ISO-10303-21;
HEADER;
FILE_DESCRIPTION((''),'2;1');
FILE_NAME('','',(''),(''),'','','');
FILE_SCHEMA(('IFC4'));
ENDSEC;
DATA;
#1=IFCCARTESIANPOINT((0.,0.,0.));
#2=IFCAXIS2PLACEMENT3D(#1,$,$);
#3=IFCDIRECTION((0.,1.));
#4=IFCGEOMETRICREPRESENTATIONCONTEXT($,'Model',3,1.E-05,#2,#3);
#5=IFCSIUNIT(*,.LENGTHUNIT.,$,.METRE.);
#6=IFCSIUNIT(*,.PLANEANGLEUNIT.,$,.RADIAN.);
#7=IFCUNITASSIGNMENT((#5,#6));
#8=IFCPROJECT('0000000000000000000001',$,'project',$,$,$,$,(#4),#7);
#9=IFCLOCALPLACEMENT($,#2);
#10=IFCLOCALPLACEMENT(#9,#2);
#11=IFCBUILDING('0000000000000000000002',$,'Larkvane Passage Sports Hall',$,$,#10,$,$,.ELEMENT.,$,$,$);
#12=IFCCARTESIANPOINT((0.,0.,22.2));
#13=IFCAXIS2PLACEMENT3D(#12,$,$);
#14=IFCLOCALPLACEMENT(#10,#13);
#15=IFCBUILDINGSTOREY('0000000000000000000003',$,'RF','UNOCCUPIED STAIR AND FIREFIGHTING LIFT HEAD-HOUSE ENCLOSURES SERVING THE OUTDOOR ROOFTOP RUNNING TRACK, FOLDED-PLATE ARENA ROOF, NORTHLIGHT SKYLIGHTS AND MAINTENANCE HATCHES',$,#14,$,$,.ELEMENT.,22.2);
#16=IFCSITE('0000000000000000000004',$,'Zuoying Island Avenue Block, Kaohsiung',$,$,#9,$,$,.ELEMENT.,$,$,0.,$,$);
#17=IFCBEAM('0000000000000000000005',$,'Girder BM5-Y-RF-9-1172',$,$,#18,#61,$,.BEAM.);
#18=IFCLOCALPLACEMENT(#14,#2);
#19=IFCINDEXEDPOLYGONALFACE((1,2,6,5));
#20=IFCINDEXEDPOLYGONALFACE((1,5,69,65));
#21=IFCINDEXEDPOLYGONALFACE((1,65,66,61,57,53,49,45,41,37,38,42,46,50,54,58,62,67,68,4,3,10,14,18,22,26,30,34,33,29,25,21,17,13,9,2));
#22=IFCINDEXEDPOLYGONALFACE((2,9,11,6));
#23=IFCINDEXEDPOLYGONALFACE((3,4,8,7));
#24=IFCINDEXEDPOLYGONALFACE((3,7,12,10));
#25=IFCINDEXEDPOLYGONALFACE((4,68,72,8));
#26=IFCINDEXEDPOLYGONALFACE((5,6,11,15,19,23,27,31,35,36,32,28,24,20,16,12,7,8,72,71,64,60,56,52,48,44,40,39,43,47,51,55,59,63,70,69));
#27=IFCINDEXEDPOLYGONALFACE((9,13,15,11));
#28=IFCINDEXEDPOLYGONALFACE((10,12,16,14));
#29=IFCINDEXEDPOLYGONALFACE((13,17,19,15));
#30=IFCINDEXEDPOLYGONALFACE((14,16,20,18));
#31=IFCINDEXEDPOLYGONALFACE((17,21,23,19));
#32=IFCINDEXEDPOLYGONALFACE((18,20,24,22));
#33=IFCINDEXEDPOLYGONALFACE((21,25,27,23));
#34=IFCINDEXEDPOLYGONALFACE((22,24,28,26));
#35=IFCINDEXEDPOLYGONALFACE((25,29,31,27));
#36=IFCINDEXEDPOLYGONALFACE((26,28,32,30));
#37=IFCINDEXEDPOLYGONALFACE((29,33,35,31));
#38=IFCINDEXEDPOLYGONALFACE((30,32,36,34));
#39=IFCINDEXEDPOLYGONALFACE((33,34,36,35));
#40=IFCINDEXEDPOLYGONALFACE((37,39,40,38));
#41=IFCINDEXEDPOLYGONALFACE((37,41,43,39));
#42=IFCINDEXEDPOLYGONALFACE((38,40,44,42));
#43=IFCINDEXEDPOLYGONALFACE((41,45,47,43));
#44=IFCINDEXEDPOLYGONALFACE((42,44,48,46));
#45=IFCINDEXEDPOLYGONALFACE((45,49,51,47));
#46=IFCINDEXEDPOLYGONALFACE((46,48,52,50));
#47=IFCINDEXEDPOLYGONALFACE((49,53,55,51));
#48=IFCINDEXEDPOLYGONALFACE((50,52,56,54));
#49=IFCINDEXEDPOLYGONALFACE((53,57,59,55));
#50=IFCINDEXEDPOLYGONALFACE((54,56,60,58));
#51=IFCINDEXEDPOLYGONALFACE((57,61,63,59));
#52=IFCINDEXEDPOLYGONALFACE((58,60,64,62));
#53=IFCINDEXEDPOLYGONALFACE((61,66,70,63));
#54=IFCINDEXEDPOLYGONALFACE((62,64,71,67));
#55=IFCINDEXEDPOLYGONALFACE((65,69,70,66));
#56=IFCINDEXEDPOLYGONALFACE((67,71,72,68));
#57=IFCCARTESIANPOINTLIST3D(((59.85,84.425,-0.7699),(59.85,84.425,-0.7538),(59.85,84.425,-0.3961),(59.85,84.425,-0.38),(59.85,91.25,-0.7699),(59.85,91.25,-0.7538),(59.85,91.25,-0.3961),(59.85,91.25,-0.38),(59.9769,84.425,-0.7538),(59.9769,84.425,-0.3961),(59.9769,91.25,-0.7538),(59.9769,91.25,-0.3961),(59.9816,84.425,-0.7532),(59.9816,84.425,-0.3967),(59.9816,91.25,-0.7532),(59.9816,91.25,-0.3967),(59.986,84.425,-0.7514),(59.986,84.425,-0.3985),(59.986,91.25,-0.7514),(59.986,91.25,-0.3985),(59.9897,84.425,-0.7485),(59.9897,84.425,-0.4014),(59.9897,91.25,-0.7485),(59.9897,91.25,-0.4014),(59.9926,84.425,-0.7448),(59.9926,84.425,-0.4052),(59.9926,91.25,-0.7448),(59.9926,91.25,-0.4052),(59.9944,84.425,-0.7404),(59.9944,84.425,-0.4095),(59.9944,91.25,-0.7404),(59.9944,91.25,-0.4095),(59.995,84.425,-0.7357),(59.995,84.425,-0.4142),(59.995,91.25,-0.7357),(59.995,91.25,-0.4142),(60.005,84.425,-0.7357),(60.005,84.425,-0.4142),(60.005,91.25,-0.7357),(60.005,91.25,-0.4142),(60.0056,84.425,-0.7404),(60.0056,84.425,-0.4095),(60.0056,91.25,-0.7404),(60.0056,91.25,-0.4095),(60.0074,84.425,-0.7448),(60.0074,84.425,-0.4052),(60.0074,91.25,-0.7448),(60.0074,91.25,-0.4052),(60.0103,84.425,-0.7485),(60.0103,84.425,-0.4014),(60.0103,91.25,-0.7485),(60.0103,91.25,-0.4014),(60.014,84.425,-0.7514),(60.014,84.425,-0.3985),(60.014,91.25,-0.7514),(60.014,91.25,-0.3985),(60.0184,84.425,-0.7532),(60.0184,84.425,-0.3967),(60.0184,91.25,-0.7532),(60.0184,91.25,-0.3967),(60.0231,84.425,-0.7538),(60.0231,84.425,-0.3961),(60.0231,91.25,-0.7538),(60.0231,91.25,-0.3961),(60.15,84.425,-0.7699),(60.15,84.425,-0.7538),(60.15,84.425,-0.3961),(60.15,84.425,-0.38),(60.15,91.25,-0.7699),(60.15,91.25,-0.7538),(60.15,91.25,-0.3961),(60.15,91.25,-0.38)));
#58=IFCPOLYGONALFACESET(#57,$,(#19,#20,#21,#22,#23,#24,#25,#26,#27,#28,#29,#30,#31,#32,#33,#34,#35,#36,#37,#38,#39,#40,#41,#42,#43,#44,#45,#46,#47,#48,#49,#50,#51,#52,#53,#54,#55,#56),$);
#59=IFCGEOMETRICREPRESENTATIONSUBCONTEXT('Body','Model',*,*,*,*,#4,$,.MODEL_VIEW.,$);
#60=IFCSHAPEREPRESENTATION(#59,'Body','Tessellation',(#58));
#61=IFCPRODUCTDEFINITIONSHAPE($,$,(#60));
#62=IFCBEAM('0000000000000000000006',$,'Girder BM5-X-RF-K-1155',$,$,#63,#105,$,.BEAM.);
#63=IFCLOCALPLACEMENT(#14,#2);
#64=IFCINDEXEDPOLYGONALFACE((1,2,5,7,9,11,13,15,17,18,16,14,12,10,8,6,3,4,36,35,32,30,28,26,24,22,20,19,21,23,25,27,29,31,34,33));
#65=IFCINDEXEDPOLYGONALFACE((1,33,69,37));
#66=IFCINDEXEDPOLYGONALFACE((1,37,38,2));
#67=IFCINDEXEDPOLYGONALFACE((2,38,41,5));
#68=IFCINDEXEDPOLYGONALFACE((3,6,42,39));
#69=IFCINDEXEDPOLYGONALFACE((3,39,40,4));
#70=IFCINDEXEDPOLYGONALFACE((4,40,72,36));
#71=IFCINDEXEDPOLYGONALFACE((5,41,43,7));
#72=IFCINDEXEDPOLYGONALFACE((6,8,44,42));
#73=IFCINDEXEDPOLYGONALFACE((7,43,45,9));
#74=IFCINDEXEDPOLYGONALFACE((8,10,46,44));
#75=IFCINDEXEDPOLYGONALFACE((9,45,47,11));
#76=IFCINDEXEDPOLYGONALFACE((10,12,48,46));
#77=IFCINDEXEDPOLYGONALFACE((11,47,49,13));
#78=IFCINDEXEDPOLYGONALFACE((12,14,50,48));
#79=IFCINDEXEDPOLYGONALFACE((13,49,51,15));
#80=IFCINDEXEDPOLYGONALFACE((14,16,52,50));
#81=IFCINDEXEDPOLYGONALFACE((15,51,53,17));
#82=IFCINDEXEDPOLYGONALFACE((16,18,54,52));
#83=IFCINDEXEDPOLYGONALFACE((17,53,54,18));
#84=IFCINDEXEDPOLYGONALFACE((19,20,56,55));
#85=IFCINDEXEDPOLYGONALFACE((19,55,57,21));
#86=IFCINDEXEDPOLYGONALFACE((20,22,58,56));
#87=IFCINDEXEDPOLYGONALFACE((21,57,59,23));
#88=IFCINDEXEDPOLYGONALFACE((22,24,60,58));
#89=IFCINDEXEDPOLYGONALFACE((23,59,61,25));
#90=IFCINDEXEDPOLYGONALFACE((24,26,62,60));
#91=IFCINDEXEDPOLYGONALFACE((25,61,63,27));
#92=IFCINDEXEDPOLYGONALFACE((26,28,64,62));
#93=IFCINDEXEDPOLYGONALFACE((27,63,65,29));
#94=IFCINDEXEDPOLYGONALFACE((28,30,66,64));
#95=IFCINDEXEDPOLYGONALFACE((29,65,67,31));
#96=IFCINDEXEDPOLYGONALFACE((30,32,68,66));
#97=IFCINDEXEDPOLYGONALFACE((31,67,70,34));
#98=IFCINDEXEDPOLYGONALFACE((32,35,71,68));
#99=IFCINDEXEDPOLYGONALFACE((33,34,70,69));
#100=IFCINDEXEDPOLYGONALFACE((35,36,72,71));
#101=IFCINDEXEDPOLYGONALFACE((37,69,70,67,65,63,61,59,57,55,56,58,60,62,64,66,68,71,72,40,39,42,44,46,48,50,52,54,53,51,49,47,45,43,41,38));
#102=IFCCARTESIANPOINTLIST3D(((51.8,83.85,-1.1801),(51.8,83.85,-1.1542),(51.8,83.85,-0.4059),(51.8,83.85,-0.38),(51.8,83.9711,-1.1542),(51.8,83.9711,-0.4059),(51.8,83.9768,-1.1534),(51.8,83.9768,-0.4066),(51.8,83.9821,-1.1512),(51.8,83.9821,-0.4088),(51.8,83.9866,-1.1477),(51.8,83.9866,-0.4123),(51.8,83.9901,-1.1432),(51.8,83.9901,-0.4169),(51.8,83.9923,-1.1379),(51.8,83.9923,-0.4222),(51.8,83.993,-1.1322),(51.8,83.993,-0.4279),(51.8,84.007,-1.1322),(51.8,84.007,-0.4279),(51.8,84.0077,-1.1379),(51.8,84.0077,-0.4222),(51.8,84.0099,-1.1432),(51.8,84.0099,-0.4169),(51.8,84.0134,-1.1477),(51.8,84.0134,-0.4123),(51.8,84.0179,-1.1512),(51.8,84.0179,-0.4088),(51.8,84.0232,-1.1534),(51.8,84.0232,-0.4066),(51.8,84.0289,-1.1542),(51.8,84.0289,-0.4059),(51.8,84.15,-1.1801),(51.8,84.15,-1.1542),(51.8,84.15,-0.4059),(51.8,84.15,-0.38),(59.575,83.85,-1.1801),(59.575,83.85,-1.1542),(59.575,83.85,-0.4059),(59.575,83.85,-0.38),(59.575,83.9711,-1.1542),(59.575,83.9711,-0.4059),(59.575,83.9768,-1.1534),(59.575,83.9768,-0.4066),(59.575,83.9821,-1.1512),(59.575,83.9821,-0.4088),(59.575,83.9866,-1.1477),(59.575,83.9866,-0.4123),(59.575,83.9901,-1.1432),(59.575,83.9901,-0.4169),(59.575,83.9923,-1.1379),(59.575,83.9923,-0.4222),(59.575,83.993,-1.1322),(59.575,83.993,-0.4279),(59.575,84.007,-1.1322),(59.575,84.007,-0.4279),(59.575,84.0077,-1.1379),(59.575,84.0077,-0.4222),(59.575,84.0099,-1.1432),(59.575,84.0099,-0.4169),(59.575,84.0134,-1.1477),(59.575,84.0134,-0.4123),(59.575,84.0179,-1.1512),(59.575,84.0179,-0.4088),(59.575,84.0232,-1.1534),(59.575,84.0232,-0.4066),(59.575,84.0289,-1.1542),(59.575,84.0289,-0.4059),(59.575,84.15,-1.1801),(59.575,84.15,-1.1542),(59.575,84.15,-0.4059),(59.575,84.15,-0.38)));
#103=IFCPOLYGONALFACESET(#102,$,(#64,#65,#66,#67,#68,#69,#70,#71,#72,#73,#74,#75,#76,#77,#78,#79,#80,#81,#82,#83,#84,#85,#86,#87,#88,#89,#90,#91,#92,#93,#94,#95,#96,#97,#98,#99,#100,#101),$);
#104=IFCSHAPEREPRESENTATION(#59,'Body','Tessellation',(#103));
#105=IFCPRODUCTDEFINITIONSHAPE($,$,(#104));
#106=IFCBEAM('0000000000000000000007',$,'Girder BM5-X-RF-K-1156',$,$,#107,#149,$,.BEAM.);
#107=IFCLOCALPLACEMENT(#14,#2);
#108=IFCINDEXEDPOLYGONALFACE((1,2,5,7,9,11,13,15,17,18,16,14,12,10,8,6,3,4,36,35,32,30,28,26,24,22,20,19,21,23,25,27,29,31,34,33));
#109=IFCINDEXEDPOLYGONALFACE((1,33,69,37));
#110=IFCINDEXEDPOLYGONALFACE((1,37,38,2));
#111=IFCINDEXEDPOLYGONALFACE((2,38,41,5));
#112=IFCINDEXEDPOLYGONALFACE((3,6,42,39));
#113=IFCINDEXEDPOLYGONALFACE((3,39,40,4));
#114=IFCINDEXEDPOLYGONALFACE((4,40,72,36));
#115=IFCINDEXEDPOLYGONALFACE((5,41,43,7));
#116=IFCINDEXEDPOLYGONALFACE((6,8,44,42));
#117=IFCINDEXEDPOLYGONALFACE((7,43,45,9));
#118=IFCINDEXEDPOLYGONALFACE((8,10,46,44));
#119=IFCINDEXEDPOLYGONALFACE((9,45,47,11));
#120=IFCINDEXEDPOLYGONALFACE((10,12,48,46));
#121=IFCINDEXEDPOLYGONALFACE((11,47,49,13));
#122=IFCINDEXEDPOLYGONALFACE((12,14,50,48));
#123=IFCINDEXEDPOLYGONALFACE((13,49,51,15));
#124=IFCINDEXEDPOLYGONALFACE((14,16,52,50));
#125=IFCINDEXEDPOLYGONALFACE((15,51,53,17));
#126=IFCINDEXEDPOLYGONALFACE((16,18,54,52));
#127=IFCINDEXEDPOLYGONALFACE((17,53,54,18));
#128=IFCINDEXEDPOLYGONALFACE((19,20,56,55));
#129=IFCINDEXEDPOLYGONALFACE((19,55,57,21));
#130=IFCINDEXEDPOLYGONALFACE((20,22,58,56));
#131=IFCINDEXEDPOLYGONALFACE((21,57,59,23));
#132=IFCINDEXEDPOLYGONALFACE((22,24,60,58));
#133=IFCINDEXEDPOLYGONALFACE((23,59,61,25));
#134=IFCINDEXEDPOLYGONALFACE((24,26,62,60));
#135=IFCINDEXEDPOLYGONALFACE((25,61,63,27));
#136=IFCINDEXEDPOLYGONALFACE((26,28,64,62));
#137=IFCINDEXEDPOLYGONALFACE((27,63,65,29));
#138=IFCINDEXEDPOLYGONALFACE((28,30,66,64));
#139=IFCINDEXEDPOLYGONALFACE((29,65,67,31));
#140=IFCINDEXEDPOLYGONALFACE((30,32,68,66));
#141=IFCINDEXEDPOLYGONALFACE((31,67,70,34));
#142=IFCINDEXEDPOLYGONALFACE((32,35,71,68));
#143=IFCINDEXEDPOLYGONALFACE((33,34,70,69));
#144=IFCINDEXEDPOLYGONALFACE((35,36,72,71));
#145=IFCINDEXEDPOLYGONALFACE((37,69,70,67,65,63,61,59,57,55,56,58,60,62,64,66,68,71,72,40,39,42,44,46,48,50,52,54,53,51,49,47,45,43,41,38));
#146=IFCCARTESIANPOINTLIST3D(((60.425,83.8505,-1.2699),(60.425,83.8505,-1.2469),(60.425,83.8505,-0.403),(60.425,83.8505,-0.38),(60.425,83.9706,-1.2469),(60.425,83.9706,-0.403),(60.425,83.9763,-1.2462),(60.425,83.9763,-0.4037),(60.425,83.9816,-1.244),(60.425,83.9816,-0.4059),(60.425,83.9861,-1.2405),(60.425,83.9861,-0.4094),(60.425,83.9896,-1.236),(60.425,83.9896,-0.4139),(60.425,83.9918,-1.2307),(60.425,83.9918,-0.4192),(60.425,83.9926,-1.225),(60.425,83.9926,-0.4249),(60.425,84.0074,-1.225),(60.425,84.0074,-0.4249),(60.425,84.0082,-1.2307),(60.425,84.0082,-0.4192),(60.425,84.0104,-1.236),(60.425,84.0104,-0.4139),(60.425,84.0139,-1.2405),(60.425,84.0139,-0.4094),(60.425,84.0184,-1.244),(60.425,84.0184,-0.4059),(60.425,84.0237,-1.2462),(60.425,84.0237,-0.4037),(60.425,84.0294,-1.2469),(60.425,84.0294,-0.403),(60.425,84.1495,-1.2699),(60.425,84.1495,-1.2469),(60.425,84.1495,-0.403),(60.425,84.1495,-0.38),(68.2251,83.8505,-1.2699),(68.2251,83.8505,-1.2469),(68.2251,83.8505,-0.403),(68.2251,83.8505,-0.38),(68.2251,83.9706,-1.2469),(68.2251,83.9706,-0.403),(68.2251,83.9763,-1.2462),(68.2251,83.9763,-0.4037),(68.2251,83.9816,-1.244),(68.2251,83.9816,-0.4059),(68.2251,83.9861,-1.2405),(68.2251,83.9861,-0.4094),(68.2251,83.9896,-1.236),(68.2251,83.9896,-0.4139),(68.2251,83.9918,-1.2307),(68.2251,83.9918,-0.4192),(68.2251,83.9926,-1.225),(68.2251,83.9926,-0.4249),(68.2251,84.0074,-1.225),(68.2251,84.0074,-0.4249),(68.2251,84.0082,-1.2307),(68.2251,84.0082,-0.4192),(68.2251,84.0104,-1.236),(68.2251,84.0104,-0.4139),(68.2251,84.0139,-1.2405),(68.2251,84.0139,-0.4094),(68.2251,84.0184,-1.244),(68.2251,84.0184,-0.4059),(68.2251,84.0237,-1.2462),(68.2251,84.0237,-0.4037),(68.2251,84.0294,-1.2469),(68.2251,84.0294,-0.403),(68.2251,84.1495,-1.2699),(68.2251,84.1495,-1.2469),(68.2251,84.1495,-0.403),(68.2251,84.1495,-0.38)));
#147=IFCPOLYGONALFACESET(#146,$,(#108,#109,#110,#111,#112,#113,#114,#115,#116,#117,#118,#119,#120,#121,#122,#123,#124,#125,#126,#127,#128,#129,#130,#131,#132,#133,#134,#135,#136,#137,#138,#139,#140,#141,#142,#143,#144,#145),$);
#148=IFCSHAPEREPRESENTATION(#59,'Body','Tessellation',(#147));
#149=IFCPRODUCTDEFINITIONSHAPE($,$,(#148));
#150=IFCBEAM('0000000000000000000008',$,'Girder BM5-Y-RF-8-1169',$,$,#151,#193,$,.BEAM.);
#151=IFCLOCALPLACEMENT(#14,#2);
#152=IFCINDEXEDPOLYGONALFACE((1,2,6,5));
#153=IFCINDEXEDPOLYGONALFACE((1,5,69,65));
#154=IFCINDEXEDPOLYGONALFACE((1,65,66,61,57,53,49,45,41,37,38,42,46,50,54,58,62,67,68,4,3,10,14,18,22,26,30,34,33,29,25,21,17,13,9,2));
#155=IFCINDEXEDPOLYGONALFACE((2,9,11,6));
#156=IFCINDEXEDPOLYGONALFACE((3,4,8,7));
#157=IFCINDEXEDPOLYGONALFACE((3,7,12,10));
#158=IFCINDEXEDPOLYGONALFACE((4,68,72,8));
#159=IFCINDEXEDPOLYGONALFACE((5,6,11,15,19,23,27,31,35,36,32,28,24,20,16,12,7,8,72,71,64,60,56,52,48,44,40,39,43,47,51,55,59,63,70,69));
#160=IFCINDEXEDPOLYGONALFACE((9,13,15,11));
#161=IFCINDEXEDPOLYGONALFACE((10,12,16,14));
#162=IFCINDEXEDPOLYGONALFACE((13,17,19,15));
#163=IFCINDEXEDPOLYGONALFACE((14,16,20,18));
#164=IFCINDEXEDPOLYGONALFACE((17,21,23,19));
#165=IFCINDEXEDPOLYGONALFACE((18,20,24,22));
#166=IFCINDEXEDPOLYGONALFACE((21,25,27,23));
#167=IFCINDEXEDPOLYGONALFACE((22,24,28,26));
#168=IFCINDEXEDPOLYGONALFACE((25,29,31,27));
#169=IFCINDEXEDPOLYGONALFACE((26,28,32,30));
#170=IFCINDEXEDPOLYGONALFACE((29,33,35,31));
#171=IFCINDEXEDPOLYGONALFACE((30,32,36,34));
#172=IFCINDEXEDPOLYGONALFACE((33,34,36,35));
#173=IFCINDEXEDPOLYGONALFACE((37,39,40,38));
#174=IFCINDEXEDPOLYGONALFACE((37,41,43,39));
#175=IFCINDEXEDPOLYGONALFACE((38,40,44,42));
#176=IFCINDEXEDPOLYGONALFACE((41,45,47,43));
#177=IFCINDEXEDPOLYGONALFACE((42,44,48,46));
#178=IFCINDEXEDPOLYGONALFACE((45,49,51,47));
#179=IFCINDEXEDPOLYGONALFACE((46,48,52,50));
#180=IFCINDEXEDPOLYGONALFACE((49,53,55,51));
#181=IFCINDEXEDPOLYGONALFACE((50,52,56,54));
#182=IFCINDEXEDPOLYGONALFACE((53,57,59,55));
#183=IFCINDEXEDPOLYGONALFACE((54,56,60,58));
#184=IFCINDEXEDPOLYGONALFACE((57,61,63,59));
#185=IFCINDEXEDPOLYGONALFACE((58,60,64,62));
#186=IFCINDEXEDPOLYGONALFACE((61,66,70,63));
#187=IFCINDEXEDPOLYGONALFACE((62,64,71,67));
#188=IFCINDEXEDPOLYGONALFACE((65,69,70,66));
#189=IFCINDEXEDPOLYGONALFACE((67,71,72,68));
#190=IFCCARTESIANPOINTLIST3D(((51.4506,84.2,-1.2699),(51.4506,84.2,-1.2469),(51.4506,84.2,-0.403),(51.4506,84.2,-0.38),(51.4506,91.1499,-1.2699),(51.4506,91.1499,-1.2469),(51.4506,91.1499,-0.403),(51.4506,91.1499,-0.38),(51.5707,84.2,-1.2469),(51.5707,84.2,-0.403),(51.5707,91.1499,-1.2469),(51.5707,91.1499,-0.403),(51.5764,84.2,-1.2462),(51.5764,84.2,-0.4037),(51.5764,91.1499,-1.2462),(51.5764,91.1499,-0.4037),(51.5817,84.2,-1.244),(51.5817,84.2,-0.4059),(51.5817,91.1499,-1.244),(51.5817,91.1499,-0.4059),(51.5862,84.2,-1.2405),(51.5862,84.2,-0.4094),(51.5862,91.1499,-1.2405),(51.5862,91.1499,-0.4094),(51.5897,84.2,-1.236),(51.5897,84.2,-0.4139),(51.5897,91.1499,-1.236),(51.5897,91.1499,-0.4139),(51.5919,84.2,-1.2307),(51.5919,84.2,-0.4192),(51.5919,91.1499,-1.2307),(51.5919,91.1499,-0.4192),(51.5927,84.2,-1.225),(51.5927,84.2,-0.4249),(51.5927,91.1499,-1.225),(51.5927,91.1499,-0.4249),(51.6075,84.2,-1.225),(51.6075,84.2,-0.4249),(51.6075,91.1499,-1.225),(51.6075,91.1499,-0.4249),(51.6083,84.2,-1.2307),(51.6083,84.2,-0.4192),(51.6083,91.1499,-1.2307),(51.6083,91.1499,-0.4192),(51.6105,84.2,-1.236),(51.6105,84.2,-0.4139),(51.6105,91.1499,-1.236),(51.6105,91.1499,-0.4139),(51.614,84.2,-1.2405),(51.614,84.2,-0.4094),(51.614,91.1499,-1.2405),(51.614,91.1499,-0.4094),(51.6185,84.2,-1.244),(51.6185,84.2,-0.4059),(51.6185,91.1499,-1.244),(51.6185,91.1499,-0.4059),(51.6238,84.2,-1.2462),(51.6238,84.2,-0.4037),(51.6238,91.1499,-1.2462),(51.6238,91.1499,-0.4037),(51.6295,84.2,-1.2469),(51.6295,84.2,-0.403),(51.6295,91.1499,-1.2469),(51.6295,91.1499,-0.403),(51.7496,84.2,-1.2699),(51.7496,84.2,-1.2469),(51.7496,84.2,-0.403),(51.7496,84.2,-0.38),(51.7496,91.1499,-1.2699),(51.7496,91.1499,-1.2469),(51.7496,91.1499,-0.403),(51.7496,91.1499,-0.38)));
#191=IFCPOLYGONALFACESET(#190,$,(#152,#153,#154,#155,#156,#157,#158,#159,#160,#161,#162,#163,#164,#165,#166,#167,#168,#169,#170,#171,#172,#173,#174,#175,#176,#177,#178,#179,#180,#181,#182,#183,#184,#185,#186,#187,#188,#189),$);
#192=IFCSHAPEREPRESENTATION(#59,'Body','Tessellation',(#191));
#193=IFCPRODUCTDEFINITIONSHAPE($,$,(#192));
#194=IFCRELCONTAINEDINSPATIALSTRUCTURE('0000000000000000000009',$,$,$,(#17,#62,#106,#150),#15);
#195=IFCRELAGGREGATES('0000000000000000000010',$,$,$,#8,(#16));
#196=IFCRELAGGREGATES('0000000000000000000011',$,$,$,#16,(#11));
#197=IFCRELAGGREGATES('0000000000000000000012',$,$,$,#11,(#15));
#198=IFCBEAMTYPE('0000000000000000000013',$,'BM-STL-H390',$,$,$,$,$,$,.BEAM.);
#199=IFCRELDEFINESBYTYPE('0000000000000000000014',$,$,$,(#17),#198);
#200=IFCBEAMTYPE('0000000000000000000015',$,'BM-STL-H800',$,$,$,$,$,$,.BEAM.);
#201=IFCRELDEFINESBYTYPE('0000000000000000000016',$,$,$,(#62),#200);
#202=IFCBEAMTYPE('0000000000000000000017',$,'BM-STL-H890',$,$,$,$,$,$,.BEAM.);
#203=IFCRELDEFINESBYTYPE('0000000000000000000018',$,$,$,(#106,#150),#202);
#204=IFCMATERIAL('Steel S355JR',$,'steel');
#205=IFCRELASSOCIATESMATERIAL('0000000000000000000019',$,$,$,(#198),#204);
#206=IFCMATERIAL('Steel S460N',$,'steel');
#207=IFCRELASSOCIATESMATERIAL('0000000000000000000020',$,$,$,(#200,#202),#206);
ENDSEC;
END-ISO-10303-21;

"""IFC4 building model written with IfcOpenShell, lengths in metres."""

from ifc_helpers import new_model, si_unit, direction, frame, origin, origin_2d, place, context, subcontext, project, spatial, i_section, extrude, material, material_profile, profile_set, type_object, element, save


model = new_model("IFC4")

# Units and contexts
model_context = context("Model", 3, precision=1e-05, world=origin(), true_north=direction((0.0, 1.0)))
body_context = subcontext(model_context, "Body", "Model", "MODEL_VIEW")
ifc_project = project(units=[si_unit("LENGTHUNIT", "METRE"), si_unit("PLANEANGLEUNIT", "RADIAN")], contexts=[model_context])

# Site, building, storey
site_placement = place(None, origin())
site = spatial("IfcSite", under=ifc_project, at=site_placement, Name="Zuoying Island Avenue Block, Kaohsiung", CompositionType="ELEMENT", RefElevation=0.0)
building_placement = place(site_placement, origin())
building = spatial("IfcBuilding", under=site, at=building_placement, Name="Larkvane Passage Sports Hall", CompositionType="ELEMENT")
storey_placement = place(building_placement, frame((0.0, 0.0, 22.2)))
storey = spatial("IfcBuildingStorey", under=building, at=storey_placement, Name="RF", Description="UNOCCUPIED STAIR AND FIREFIGHTING LIFT HEAD-HOUSE ENCLOSURES SERVING THE OUTDOOR ROOFTOP RUNNING TRACK, FOLDED-PLATE ARENA ROOF, NORTHLIGHT SKYLIGHTS AND MAINTENANCE HATCHES", CompositionType="ELEMENT", Elevation=22.2)

# Beams
ifc_material_1 = material(Name="Steel S355JR", Category="steel")
ifc_material_profile_1 = material_profile(ifc_material_1, i_section(OverallWidth=0.3, OverallDepth=0.3899, WebThickness=0.01, FlangeThickness=0.0161, FilletRadius=0.0181, at=origin_2d()), Name="H-390x300x10x16")
ifc_profile_set_1 = profile_set([ifc_material_profile_1], Name="Steel S355JR")
beam_type_1 = type_object("IfcBeamType", Name="BM-STL-H390", PredefinedType="BEAM", material=ifc_profile_set_1)
beam_1_placement = place(storey_placement, frame((60.0, 84.425, -0.575), z_axis=(0.0, 1.0, 0.0), x_axis=(-1.0, 0.0, 0.0)))
element("IfcBeam", 1, at=beam_1_placement, inside=storey, type_object=beam_type_1, Name="Girder BM5-Y-RF-9-1172", PredefinedType="BEAM", context=body_context, shape_type="SweptSolid", body=[
    extrude(i_section(OverallWidth=0.3, OverallDepth=0.3899, WebThickness=0.01, FlangeThickness=0.0161, FilletRadius=0.0181, at=origin_2d()), origin(), (0.0, 0.0, 1.0), 6.825),
])
ifc_material_2 = material(Name="Steel S460N", Category="steel")
ifc_material_profile_2 = material_profile(ifc_material_2, i_section(OverallWidth=0.3, OverallDepth=0.8, WebThickness=0.0139, FlangeThickness=0.0259, FilletRadius=0.022, at=origin_2d()), Name="H-800x300x14x26")
ifc_profile_set_2 = profile_set([ifc_material_profile_2], Name="Steel S460N")
beam_type_2 = type_object("IfcBeamType", Name="BM-STL-H800", PredefinedType="BEAM", material=ifc_profile_set_2)
beam_2_placement = place(storey_placement, frame((51.8, 84.0, -0.78), z_axis=(1.0, 0.0, 0.0), x_axis=(0.0, 1.0, 0.0)))
element("IfcBeam", 2, at=beam_2_placement, inside=storey, type_object=beam_type_2, Name="Girder BM5-X-RF-K-1155", PredefinedType="BEAM", context=body_context, shape_type="SweptSolid", body=[
    extrude(i_section(OverallWidth=0.3, OverallDepth=0.8, WebThickness=0.0139, FlangeThickness=0.0259, FilletRadius=0.022, at=origin_2d()), origin(), (0.0, 0.0, 1.0), 7.7749),
])
ifc_material_profile_3 = material_profile(ifc_material_2, i_section(OverallWidth=0.2991, OverallDepth=0.8899, WebThickness=0.0149, FlangeThickness=0.0229, FilletRadius=0.022, at=origin_2d()), Name="H-890x299x15x23")
ifc_profile_set_3 = profile_set([ifc_material_profile_3], Name="Steel S460N")
beam_type_3 = type_object("IfcBeamType", Name="BM-STL-H890", PredefinedType="BEAM", material=ifc_profile_set_3)
beam_3_placement = place(storey_placement, frame((60.425, 84.0, -0.825), z_axis=(1.0, 0.0, 0.0), x_axis=(0.0, 1.0, 0.0)))
element("IfcBeam", 3, at=beam_3_placement, inside=storey, type_object=beam_type_3, Name="Girder BM5-X-RF-K-1156", PredefinedType="BEAM", context=body_context, shape_type="SweptSolid", body=[
    extrude(i_section(OverallWidth=0.2991, OverallDepth=0.8899, WebThickness=0.0149, FlangeThickness=0.0229, FilletRadius=0.022, at=origin_2d()), origin(), (0.0, 0.0, 1.0), 7.8),
])
beam_4_placement = place(storey_placement, frame((51.6001, 84.2, -0.825), z_axis=(0.0, 1.0, 0.0), x_axis=(-1.0, 0.0, 0.0)))
element("IfcBeam", 4, at=beam_4_placement, inside=storey, type_object=beam_type_3, Name="Girder BM5-Y-RF-8-1169", PredefinedType="BEAM", context=body_context, shape_type="SweptSolid", body=[
    extrude(i_section(OverallWidth=0.2991, OverallDepth=0.8899, WebThickness=0.0149, FlangeThickness=0.0229, FilletRadius=0.022, at=origin_2d()), origin(), (0.0, 0.0, 1.0), 6.95),
])

save(model, "model.ifc")
